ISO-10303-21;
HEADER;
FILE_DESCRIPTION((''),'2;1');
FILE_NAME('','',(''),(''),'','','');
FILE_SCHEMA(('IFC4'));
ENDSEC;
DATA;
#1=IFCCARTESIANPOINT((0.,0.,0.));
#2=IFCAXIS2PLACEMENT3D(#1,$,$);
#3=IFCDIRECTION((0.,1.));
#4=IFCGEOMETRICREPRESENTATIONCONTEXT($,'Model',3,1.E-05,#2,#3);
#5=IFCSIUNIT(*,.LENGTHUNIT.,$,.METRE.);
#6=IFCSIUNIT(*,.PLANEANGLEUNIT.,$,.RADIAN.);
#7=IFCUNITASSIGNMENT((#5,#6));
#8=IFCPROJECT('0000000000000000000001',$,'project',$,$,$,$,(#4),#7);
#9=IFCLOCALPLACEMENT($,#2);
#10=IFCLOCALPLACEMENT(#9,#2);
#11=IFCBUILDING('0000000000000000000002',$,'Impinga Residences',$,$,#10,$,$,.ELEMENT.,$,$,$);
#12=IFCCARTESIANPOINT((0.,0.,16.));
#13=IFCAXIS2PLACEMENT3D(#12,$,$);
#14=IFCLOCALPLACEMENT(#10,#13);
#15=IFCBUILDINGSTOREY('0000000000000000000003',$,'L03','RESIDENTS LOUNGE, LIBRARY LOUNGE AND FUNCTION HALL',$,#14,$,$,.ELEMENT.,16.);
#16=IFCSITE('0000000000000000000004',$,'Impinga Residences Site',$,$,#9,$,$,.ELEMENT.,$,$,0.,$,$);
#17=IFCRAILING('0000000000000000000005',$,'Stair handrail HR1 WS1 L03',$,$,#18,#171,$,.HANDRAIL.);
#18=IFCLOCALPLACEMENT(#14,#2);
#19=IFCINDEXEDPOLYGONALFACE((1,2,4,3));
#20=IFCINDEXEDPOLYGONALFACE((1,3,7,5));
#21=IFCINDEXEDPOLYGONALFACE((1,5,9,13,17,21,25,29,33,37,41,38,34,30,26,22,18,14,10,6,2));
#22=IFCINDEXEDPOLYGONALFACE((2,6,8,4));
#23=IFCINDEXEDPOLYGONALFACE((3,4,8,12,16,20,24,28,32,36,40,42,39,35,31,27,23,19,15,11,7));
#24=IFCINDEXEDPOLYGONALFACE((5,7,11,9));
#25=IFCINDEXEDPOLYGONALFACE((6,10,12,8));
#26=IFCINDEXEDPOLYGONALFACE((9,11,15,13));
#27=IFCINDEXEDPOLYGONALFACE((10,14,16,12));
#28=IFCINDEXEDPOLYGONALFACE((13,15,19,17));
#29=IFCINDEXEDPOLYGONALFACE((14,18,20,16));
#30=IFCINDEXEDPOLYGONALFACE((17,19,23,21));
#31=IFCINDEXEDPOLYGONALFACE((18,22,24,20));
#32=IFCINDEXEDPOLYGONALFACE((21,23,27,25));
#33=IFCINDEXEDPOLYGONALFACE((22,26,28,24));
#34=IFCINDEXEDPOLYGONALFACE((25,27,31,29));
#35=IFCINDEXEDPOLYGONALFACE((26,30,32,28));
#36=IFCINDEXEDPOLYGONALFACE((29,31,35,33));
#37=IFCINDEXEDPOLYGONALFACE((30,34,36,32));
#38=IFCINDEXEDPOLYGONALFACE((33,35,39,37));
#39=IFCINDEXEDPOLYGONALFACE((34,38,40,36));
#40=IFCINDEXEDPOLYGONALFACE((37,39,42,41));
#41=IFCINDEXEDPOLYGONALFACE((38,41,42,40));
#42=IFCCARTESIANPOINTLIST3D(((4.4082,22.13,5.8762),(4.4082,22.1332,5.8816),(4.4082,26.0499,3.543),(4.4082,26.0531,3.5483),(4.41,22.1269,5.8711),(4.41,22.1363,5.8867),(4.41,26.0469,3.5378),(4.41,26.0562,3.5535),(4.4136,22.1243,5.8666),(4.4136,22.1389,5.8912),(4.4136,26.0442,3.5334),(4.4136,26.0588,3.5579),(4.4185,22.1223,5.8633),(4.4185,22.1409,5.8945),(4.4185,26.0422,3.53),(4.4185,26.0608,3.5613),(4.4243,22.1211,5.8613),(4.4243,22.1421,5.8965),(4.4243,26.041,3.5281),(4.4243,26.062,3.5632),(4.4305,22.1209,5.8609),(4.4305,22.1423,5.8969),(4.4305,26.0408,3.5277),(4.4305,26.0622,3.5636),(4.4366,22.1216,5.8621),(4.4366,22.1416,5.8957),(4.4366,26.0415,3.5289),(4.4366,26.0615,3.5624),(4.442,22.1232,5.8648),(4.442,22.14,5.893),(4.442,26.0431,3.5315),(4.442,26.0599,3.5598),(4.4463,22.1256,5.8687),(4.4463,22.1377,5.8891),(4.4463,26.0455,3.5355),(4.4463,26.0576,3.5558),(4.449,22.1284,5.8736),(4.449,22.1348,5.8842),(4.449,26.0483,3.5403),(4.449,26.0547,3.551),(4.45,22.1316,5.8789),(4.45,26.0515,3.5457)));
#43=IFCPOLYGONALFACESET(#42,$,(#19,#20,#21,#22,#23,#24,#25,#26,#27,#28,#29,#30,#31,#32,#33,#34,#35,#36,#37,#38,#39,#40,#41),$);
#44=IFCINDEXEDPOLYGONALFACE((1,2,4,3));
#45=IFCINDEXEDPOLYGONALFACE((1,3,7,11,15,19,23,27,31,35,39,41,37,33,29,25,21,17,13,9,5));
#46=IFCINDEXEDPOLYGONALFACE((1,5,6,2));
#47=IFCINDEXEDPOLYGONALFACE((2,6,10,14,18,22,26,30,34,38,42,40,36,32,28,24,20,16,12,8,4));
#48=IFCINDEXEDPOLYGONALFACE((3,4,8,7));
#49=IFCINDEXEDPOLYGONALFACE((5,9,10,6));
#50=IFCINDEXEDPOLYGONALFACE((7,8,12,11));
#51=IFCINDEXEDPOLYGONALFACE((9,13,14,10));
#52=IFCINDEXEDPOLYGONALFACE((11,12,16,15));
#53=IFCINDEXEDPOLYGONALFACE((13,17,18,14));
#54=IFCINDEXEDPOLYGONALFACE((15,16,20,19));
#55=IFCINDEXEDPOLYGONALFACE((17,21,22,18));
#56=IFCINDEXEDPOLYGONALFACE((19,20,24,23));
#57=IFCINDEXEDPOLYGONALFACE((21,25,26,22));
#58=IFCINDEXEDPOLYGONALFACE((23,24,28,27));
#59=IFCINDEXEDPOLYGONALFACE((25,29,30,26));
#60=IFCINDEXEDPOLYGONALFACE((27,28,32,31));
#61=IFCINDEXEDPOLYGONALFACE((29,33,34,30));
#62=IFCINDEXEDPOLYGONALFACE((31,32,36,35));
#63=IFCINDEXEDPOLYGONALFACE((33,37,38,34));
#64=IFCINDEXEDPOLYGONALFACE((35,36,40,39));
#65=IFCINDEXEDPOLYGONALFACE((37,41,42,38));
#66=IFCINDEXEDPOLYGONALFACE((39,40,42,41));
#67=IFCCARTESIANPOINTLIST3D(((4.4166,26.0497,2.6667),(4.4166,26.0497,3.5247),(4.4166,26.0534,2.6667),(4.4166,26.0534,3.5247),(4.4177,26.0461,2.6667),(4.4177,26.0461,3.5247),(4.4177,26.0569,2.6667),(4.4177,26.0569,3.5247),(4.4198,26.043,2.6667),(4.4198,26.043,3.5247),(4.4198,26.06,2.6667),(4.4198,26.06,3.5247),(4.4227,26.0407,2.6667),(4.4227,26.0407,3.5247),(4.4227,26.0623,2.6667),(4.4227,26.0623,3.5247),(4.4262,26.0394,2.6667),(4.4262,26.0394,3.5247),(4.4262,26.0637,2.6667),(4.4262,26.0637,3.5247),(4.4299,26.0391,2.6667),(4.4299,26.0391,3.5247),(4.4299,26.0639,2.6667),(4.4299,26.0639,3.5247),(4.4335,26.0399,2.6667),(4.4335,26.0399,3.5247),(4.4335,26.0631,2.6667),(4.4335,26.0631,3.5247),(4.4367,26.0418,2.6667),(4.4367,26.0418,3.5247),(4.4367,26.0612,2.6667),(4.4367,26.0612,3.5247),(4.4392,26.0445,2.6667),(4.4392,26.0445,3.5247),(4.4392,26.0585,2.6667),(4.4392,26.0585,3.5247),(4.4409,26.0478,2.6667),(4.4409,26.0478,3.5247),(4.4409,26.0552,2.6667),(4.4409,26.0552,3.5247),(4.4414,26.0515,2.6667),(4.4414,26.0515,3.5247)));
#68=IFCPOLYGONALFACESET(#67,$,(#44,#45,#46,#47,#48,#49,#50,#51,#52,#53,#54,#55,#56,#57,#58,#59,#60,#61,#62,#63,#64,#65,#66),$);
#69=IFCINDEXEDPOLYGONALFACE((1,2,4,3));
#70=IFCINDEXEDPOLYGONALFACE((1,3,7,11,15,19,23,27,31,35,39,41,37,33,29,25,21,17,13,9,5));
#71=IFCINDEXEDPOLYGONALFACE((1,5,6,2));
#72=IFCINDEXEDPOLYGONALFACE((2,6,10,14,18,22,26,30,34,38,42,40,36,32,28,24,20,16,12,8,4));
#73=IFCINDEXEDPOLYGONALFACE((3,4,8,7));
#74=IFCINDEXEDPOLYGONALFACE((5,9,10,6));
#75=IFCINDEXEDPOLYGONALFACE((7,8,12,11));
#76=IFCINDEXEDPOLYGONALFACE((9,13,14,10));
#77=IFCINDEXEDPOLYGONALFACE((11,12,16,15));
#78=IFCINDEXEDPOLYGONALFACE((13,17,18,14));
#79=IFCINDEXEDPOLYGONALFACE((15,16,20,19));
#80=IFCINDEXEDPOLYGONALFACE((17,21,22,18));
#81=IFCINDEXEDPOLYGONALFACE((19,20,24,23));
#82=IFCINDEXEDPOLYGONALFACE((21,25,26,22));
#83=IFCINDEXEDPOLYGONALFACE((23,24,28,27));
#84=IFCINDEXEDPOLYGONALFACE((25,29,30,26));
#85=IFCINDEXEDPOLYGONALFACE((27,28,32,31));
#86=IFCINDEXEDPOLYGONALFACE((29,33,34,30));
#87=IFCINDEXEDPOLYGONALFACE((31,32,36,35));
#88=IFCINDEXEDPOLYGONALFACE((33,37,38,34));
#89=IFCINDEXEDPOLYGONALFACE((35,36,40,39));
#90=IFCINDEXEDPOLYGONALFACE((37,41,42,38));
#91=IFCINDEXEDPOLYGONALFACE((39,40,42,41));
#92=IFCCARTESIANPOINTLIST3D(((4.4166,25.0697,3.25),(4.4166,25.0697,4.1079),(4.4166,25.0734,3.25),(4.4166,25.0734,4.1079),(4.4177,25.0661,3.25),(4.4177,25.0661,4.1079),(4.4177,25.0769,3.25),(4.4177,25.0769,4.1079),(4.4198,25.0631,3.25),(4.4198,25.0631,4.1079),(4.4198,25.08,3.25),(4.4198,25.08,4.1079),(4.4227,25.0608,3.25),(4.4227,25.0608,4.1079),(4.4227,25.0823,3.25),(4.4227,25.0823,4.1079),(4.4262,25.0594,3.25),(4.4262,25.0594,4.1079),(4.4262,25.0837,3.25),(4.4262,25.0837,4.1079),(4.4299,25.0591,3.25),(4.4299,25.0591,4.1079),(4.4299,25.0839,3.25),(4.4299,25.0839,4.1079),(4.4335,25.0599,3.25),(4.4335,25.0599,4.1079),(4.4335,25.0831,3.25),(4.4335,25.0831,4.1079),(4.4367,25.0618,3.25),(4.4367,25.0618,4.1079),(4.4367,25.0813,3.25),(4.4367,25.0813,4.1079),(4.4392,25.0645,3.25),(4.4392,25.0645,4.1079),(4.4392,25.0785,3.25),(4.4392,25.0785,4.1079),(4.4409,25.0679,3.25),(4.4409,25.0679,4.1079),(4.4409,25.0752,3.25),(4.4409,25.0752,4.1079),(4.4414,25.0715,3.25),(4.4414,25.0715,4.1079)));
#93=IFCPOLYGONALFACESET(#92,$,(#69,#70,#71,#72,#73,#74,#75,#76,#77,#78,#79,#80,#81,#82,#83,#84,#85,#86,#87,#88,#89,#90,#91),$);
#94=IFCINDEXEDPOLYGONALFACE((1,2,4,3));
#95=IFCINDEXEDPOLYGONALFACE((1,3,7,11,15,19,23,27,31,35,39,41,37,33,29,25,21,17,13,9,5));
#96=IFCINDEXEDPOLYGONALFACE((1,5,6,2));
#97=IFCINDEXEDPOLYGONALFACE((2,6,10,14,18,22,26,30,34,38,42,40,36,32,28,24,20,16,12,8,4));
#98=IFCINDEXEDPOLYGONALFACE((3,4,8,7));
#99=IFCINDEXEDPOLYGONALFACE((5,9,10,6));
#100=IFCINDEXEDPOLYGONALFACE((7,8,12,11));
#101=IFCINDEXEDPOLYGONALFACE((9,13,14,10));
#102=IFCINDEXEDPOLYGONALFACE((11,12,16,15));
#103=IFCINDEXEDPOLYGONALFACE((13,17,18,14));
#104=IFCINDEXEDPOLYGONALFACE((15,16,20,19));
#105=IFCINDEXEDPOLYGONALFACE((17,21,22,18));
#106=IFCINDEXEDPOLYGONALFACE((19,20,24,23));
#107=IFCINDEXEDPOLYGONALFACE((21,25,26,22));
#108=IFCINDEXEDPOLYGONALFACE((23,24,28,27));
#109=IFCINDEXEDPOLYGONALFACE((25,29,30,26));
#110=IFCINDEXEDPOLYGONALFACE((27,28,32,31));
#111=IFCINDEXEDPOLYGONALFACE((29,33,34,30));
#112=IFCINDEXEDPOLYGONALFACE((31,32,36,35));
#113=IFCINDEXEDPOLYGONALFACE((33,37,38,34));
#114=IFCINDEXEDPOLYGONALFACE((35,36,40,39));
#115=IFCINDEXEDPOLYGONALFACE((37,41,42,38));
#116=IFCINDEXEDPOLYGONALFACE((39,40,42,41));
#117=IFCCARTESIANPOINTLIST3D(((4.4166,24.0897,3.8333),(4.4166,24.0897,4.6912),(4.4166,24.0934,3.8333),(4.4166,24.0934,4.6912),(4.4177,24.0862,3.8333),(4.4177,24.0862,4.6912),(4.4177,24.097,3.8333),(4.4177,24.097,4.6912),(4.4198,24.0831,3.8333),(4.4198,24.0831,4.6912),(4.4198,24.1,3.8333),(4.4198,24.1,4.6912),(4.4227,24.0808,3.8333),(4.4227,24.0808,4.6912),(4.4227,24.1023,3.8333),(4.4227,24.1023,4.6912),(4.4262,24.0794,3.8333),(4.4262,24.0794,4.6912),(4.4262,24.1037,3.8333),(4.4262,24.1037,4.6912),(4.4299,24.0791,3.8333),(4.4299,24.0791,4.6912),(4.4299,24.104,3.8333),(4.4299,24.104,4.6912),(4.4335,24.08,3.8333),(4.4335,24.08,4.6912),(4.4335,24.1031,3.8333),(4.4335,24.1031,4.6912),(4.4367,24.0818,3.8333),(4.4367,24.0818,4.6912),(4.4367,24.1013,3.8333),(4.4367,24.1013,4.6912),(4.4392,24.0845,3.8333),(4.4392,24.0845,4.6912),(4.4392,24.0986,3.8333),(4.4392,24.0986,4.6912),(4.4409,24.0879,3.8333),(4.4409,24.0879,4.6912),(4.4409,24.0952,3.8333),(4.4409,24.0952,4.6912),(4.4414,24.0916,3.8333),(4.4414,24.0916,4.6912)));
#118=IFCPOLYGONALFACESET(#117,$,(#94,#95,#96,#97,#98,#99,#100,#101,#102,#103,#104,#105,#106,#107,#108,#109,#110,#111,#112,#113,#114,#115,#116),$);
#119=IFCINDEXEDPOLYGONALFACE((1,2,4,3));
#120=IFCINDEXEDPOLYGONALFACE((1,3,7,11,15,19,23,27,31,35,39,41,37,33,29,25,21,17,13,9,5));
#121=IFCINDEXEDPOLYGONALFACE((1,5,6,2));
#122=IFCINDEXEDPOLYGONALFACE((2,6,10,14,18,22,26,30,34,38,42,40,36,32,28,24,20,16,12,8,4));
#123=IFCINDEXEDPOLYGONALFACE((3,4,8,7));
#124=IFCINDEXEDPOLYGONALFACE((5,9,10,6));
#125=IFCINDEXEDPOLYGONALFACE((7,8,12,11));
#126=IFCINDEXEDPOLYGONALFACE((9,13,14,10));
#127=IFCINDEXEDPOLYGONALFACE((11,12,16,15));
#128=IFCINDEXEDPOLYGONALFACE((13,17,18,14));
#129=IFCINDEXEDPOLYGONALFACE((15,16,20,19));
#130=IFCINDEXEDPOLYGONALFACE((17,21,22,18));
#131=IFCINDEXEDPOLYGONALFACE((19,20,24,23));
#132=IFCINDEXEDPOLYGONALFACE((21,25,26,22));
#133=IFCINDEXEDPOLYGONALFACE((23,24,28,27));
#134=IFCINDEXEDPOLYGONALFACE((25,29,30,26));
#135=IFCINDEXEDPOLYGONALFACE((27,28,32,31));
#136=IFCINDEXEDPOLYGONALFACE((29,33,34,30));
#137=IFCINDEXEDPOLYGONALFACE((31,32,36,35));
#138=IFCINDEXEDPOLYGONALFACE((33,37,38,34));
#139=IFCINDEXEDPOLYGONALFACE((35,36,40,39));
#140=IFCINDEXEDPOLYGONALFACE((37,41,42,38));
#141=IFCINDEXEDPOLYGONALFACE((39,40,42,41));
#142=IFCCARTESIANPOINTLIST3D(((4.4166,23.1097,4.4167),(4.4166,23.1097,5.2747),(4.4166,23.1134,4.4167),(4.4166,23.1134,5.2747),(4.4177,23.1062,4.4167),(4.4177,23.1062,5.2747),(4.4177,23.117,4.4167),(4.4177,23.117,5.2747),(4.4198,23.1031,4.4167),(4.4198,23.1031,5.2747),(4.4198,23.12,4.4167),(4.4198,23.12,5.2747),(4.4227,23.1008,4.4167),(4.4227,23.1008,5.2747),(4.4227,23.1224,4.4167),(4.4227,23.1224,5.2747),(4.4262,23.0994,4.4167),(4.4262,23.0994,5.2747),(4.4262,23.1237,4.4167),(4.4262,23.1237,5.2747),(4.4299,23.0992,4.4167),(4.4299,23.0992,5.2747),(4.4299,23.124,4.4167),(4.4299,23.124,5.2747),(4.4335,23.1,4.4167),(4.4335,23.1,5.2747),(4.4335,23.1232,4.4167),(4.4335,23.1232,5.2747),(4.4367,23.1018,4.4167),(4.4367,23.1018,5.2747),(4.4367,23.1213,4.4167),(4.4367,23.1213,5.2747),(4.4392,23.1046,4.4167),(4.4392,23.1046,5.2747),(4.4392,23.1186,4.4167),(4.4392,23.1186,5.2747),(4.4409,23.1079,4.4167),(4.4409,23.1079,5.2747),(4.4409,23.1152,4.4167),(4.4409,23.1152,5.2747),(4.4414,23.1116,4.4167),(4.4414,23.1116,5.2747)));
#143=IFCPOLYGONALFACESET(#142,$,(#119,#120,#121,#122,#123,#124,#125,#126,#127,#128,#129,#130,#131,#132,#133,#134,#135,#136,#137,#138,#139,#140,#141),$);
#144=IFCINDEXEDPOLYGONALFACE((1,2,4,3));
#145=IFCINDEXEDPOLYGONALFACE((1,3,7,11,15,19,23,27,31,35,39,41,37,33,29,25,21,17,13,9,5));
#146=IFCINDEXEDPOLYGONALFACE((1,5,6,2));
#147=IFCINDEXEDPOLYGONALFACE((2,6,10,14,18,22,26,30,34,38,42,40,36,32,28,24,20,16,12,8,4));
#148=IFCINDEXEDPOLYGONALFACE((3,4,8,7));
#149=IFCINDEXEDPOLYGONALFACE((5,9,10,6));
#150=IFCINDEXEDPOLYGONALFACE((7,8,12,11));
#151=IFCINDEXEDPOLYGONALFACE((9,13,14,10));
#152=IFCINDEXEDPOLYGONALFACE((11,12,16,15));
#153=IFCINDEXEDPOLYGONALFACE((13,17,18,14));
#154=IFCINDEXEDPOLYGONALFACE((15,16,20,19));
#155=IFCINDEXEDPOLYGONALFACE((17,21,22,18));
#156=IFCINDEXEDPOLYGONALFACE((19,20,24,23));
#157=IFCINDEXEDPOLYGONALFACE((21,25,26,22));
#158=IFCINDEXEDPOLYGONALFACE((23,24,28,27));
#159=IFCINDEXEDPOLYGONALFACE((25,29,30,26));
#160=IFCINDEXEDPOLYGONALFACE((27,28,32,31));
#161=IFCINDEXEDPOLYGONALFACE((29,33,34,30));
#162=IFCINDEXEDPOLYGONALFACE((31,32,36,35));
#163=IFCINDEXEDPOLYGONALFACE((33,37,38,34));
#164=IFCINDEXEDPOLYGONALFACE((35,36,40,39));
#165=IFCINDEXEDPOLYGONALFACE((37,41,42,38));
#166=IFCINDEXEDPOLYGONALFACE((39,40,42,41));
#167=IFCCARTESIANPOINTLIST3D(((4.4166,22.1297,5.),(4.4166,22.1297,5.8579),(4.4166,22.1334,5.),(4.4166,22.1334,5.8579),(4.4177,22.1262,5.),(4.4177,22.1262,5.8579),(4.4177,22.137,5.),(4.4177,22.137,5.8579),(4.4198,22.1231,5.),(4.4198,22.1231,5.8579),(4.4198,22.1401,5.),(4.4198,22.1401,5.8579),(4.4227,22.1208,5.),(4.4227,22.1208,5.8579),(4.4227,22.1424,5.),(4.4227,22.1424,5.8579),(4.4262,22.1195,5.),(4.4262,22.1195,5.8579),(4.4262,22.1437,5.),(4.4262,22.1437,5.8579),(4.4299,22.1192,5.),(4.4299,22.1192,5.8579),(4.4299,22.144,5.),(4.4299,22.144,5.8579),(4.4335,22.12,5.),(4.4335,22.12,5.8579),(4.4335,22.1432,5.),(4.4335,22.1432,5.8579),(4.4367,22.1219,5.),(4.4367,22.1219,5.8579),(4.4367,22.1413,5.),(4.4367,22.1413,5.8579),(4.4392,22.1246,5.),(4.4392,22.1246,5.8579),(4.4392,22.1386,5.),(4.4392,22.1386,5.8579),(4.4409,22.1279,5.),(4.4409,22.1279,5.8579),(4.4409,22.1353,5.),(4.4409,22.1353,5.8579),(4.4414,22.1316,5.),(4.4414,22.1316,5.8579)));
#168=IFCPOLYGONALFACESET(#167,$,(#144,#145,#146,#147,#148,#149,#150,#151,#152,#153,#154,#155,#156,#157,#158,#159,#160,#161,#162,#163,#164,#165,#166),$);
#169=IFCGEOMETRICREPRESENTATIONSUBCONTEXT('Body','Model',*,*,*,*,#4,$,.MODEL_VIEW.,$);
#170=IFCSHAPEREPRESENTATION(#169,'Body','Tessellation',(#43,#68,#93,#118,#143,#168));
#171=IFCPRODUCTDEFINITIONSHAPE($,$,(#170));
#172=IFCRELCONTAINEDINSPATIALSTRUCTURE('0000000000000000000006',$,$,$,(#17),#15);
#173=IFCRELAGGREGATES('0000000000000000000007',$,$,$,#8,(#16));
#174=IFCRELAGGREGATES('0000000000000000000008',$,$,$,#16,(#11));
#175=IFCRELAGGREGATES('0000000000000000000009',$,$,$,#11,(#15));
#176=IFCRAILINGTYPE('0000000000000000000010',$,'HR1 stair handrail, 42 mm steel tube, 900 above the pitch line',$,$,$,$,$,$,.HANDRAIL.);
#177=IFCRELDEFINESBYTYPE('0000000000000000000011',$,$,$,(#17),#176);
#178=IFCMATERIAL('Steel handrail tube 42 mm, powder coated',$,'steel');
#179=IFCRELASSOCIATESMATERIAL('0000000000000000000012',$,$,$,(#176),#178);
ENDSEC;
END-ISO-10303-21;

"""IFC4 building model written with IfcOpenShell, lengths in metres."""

from ifc_helpers import new_model, si_unit, direction, frame, origin, origin_2d, place, context, subcontext, project, spatial, circle, extrude, material, type_object, element, save


model = new_model("IFC4")

# Units and contexts
model_context = context("Model", 3, precision=1e-05, world=origin(), true_north=direction((0.0, 1.0)))
body_context = subcontext(model_context, "Body", "Model", "MODEL_VIEW")
ifc_project = project(units=[si_unit("LENGTHUNIT", "METRE"), si_unit("PLANEANGLEUNIT", "RADIAN")], contexts=[model_context])

# Site, building, storey
site_placement = place(None, origin())
site = spatial("IfcSite", under=ifc_project, at=site_placement, Name="Impinga Residences Site", CompositionType="ELEMENT", RefElevation=0.0)
building_placement = place(site_placement, origin())
building = spatial("IfcBuilding", under=site, at=building_placement, Name="Impinga Residences", CompositionType="ELEMENT")
storey_placement = place(building_placement, frame((0.0, 0.0, 16.0)))
storey = spatial("IfcBuildingStorey", under=building, at=storey_placement, Name="L03", Description="RESIDENTS LOUNGE, LIBRARY LOUNGE AND FUNCTION HALL", CompositionType="ELEMENT", Elevation=16.0)

# Railing
ifc_material_1 = material(Name="Steel handrail tube 42 mm, powder coated", Category="steel")
railing_type_1 = type_object("IfcRailingType", Name="HR1 stair handrail, 42 mm steel tube, 900 above the pitch line", PredefinedType="HANDRAIL", material=ifc_material_1)
railing_1_placement = place(storey_placement, frame((4.429, 26.0515, 2.6667)))
element("IfcRailing", 1, at=railing_1_placement, inside=storey, type_object=railing_type_1, Name="Stair handrail HR1 WS1 L03", PredefinedType="HANDRAIL", context=body_context, shape_type="SweptSolid", body=[
    extrude(circle(Radius=0.021, at=origin_2d()), frame((0.0, 0.0, 0.8789), z_axis=(0.0, -0.859296, 0.511478), x_axis=(1.0, 0.0, 0.0)), (0.0, 0.0, 1.0), 4.5618),
    extrude(circle(Radius=0.0125, at=origin_2d()), origin(), (0.0, 0.0, 1.0), 0.8579),
    extrude(circle(Radius=0.0125, at=origin_2d()), frame((0.0, -0.98, 0.5833)), (0.0, 0.0, 1.0), 0.8579),
    extrude(circle(Radius=0.0125, at=origin_2d()), frame((0.0, -1.96, 1.1665)), (0.0, 0.0, 1.0), 0.8579),
    extrude(circle(Radius=0.0125, at=origin_2d()), frame((0.0, -2.9399, 1.75)), (0.0, 0.0, 1.0), 0.8579),
    extrude(circle(Radius=0.0125, at=origin_2d()), frame((0.0, -3.9199, 2.3333)), (0.0, 0.0, 1.0), 0.8579),
])

save(model, "model.ifc")
